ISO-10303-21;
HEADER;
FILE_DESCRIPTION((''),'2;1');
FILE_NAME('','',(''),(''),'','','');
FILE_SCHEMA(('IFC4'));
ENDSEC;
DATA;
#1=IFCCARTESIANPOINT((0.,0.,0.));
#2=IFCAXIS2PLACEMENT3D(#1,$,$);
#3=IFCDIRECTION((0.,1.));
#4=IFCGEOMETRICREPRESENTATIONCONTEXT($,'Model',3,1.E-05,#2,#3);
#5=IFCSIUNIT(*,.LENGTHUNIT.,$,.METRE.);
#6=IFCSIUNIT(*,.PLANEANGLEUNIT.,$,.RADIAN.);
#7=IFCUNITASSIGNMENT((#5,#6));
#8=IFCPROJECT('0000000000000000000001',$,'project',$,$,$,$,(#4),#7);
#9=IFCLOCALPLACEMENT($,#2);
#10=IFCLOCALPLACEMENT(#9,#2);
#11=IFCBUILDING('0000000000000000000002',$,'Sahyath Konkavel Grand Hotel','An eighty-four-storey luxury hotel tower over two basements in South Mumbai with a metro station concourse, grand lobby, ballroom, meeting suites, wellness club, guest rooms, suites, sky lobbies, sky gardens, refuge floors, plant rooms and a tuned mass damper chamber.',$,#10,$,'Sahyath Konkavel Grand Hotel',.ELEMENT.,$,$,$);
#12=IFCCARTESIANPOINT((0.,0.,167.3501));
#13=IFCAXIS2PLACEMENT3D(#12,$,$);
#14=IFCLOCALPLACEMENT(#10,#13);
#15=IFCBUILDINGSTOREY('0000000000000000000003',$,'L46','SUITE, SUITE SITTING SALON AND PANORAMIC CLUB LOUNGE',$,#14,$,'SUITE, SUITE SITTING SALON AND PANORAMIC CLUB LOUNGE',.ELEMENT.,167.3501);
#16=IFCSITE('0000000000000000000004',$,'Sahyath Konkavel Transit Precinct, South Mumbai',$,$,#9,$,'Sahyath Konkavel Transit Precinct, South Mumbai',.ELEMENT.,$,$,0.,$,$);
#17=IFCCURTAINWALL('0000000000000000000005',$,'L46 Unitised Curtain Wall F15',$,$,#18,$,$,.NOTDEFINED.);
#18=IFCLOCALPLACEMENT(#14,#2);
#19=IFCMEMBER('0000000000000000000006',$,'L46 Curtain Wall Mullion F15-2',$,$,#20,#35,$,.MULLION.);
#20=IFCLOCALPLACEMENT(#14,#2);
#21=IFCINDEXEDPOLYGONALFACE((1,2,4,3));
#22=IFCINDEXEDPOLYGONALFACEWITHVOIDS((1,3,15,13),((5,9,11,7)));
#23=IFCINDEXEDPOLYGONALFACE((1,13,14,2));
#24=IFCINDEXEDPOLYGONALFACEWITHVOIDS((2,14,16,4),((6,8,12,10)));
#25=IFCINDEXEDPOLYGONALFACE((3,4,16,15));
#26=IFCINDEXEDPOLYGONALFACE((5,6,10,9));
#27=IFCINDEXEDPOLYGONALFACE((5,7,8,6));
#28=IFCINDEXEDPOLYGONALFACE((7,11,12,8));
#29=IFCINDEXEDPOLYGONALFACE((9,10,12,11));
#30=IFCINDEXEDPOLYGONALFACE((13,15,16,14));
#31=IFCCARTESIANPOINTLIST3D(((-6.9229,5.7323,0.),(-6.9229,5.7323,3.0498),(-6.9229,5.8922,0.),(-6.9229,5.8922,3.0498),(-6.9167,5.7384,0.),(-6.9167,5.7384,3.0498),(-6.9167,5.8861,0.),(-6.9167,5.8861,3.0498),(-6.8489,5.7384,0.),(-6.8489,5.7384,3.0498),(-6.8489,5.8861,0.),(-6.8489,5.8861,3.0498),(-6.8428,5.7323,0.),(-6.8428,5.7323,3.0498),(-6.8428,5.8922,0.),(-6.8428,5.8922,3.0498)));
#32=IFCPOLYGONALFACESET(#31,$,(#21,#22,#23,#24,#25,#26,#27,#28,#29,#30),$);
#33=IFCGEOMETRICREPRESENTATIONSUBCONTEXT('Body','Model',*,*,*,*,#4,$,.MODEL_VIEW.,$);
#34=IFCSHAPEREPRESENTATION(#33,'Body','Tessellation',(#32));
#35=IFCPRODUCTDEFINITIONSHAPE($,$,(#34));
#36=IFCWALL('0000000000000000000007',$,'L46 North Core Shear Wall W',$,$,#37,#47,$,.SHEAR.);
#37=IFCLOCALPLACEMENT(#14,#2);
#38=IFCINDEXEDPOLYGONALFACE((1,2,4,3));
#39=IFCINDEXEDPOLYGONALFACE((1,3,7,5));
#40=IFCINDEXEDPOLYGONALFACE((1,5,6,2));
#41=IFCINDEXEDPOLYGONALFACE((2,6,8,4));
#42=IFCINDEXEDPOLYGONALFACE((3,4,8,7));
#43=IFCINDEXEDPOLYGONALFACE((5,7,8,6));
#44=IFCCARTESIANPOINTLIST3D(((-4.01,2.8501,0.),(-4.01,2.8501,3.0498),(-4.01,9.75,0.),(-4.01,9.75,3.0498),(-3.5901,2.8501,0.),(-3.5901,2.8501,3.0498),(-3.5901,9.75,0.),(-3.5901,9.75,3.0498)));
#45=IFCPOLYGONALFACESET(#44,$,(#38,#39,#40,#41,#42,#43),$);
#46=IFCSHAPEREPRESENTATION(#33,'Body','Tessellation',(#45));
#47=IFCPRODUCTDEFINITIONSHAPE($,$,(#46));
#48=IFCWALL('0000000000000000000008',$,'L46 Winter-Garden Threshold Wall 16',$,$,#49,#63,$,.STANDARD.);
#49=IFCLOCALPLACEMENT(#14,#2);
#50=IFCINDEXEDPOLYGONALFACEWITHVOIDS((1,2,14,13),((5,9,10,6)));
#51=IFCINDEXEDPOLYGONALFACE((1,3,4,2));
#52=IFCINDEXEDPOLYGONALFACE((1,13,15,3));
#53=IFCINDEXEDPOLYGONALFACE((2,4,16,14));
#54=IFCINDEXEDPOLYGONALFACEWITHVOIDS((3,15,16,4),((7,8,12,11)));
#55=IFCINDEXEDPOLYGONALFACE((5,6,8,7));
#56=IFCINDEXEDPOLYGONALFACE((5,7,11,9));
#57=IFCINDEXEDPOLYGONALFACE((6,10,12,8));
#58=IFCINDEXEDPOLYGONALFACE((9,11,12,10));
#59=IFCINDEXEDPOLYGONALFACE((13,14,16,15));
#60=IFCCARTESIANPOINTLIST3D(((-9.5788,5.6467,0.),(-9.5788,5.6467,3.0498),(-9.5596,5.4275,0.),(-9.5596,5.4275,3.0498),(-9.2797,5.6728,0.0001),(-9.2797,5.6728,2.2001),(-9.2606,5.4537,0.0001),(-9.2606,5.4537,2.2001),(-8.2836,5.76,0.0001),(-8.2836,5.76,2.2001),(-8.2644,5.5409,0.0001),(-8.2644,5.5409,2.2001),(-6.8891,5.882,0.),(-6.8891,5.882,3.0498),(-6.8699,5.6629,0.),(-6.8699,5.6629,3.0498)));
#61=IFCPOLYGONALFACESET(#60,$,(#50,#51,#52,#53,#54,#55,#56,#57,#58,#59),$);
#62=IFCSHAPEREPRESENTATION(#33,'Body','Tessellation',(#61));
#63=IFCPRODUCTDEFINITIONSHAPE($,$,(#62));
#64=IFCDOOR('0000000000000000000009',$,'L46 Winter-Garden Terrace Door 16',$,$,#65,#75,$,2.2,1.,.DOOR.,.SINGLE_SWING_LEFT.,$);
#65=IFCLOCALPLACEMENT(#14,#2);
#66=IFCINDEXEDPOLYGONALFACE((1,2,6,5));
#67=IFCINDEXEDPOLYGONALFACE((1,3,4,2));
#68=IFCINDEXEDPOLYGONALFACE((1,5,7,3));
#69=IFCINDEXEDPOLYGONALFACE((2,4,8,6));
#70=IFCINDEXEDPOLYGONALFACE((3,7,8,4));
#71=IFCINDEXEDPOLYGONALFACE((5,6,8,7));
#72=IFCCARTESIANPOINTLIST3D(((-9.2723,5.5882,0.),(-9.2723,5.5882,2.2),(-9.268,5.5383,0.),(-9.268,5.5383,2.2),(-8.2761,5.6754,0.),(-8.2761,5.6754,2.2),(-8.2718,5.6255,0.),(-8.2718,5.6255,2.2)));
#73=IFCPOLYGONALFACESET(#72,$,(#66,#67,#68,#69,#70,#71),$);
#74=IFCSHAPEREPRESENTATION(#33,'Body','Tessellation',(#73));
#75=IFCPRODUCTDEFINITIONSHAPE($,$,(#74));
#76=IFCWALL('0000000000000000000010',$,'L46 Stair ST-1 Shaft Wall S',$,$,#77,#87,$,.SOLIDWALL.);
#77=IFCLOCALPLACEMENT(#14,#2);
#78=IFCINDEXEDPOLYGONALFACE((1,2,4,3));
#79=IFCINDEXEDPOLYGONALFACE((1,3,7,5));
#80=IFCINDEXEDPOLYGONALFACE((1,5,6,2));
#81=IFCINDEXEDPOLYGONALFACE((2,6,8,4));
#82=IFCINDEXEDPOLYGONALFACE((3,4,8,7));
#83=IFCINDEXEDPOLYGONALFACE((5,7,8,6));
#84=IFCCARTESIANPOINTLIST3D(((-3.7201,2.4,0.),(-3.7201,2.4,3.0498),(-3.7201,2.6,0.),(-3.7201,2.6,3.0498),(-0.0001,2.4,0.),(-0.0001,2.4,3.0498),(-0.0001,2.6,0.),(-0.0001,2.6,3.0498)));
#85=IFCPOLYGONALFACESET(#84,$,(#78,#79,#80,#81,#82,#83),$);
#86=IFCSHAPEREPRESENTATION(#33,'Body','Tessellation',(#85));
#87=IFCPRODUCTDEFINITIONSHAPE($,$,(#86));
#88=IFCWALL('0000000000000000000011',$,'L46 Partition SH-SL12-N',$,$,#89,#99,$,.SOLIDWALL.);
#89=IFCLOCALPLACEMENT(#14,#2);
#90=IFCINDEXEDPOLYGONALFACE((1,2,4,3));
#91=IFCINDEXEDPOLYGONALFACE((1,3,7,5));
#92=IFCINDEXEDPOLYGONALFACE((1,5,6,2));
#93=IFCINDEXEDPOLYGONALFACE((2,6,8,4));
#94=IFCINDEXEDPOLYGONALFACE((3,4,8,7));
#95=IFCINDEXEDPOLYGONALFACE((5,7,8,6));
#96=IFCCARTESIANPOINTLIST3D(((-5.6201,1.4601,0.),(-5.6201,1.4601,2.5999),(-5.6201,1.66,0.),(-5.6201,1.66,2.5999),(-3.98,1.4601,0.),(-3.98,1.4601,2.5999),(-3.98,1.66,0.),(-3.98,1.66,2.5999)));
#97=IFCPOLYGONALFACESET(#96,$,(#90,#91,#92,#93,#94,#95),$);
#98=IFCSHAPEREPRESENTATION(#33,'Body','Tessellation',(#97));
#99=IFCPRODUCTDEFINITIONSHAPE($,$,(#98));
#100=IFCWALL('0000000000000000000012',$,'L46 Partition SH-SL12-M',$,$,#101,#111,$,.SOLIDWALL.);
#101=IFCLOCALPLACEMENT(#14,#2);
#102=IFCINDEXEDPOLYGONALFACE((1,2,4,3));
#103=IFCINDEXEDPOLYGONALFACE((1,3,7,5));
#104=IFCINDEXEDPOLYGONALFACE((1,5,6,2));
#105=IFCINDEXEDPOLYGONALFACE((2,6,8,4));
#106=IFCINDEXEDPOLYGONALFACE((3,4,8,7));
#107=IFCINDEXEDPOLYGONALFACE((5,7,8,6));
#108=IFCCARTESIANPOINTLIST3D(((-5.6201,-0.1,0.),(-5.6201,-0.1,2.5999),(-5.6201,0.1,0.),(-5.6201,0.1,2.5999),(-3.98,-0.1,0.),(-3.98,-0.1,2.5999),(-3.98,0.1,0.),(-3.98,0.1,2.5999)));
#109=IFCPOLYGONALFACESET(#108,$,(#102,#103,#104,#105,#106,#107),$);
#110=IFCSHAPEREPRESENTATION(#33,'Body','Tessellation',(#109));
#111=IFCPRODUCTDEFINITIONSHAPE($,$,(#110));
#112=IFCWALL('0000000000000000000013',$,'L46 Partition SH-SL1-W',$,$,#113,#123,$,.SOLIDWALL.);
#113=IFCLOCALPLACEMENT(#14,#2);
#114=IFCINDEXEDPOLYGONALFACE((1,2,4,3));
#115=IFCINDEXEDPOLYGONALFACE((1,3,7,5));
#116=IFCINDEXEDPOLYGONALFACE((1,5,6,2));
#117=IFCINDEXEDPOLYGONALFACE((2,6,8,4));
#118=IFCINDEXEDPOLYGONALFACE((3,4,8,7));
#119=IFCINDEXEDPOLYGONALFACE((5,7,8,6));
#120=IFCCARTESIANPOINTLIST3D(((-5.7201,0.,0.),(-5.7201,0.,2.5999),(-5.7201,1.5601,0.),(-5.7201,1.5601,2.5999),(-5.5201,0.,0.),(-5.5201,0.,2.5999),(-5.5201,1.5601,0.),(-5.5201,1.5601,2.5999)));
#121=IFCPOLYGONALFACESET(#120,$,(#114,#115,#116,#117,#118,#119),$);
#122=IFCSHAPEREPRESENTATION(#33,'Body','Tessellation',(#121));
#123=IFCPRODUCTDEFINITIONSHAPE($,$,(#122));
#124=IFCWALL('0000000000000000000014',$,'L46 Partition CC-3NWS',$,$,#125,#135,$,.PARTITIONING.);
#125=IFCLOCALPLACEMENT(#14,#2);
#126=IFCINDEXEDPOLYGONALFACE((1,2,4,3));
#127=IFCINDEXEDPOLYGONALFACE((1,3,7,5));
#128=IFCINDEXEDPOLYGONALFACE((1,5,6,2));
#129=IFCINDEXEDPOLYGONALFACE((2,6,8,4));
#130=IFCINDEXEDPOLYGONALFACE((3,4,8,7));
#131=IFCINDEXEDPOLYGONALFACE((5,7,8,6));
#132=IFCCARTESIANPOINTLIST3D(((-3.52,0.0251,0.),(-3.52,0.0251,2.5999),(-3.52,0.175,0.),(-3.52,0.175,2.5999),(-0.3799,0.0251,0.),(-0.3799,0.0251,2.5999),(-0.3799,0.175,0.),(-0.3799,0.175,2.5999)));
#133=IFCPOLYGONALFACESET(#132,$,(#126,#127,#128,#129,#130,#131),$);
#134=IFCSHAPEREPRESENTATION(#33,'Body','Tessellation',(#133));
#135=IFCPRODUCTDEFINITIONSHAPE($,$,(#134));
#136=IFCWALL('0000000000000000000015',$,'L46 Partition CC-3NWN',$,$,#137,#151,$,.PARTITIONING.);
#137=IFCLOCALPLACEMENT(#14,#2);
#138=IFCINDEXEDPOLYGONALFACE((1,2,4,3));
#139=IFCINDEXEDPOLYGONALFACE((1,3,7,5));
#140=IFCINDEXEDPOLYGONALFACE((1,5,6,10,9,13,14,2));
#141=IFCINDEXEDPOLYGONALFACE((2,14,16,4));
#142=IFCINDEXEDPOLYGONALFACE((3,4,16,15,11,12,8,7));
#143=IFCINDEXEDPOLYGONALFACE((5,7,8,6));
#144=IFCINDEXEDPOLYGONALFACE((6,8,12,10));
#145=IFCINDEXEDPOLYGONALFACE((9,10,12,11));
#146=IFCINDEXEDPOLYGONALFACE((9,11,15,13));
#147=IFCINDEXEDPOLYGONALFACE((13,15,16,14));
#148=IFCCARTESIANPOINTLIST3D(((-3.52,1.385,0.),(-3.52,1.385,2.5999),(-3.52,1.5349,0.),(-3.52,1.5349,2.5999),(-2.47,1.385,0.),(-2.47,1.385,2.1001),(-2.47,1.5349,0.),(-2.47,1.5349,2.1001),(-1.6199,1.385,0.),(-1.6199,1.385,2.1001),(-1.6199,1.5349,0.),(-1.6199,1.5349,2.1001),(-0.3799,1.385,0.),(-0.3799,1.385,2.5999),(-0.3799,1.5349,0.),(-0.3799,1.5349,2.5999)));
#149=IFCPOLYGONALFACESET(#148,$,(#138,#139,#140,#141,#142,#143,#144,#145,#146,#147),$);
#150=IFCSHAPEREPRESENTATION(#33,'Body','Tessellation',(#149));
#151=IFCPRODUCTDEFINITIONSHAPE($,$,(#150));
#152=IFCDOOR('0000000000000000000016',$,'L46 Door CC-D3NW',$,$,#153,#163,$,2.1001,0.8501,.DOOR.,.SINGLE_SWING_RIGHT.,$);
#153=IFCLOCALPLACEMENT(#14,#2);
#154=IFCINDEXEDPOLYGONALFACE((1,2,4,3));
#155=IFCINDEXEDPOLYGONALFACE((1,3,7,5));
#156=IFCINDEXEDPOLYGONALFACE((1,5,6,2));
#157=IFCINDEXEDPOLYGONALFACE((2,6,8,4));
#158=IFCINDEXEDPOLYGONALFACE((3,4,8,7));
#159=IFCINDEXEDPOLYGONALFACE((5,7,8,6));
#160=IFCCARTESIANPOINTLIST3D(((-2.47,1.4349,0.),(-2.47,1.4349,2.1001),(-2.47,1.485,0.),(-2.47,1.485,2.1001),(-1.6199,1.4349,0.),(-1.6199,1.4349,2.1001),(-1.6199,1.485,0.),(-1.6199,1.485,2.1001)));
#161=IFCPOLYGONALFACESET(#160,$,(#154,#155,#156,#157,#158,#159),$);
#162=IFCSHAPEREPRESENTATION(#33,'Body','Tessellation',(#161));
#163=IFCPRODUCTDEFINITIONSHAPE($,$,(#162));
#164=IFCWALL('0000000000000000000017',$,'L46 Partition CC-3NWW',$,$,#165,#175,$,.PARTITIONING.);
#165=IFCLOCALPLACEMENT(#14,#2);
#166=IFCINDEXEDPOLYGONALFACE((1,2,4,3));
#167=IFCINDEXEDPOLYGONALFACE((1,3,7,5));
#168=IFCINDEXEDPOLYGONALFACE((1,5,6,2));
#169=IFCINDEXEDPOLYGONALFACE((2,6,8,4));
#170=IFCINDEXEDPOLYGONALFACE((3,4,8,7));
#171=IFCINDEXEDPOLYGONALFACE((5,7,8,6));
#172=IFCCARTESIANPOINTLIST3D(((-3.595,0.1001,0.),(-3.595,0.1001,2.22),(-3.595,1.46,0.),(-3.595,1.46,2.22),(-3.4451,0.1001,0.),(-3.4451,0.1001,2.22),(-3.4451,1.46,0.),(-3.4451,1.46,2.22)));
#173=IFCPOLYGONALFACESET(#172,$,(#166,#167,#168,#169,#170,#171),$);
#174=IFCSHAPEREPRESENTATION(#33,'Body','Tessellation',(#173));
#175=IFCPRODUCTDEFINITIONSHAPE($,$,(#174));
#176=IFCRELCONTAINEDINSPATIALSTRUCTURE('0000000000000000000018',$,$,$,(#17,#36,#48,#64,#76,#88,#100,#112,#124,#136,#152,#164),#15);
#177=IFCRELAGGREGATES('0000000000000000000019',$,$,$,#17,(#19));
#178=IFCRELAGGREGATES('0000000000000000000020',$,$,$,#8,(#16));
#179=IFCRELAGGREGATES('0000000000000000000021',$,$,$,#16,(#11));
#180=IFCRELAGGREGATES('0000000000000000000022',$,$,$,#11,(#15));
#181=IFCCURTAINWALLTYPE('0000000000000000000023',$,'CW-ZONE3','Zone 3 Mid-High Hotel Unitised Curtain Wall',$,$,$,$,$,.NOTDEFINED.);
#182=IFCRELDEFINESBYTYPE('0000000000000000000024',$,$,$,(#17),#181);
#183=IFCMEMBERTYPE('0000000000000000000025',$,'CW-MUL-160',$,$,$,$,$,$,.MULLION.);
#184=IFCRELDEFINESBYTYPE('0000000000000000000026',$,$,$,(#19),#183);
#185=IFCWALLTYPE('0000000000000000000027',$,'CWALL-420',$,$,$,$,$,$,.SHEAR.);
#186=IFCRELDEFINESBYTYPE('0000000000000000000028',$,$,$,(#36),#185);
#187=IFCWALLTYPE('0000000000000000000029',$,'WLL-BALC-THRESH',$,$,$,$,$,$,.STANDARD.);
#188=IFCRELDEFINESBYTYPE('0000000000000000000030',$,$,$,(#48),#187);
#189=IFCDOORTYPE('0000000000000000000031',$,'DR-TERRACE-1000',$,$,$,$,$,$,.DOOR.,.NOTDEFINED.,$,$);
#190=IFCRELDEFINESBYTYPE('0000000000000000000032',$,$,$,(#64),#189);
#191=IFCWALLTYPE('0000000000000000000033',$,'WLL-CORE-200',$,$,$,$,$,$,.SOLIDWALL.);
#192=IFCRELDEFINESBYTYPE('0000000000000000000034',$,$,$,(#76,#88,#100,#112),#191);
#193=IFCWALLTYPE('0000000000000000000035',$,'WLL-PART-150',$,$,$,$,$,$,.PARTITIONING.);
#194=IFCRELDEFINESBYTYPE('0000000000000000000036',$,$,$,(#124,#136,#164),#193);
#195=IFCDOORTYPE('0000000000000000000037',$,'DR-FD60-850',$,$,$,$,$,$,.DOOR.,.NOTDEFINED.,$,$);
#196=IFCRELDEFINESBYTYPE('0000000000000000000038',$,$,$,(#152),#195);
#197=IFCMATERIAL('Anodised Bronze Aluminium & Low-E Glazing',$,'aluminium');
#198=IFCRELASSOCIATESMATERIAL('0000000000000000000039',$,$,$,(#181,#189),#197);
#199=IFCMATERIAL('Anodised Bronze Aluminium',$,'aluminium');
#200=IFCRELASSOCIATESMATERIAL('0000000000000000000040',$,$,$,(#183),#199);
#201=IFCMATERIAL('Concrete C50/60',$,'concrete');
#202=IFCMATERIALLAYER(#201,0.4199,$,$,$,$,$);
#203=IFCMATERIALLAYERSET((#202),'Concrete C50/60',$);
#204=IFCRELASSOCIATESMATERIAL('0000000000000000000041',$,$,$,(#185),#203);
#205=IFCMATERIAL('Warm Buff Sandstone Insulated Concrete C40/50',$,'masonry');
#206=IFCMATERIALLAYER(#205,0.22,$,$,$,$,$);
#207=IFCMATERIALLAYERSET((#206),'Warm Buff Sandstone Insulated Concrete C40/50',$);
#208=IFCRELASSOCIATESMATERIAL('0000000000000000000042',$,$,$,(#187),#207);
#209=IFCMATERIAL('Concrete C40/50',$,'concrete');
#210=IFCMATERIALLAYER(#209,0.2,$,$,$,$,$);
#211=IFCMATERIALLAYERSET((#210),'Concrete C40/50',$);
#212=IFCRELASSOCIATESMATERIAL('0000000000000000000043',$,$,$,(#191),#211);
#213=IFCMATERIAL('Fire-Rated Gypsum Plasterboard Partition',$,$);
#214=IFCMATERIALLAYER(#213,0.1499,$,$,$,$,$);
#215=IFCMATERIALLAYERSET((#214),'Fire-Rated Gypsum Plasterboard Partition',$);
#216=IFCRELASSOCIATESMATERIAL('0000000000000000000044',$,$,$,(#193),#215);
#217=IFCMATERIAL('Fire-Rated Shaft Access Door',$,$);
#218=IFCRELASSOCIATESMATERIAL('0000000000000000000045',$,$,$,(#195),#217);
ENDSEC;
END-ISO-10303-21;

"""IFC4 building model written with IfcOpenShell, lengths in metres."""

from ifc_helpers import new_model, si_unit, direction, frame, frame_2d, origin, origin_2d, place, context, subcontext, project, spatial, rectangle, hollow_rectangle, extrude, source, transform, mapped, material, layer, layer_set, material_profile, profile_set, type_object, element, fill, aggregate, save


model = new_model("IFC4")

# Units and contexts
model_context = context("Model", 3, precision=1e-05, world=origin(), true_north=direction((0.0, 1.0)))
body_context = subcontext(model_context, "Body", "Model", "MODEL_VIEW")
ifc_project = project(units=[si_unit("LENGTHUNIT", "METRE"), si_unit("PLANEANGLEUNIT", "RADIAN")], contexts=[model_context])

# Site, building, storey
site_placement = place(None, origin())
site = spatial("IfcSite", under=ifc_project, at=site_placement, Name="Sahyath Konkavel Transit Precinct, South Mumbai", LongName="Sahyath Konkavel Transit Precinct, South Mumbai", CompositionType="ELEMENT", RefElevation=0.0)
building_placement = place(site_placement, origin())
building = spatial("IfcBuilding", under=site, at=building_placement, Name="Sahyath Konkavel Grand Hotel", Description="An eighty-four-storey luxury hotel tower over two basements in South Mumbai with a metro station concourse, grand lobby, ballroom, meeting suites, wellness club, guest rooms, suites, sky lobbies, sky gardens, refuge floors, plant rooms and a tuned mass damper chamber.", LongName="Sahyath Konkavel Grand Hotel", CompositionType="ELEMENT")
storey_placement = place(building_placement, frame((0.0, 0.0, 167.3501)))
storey = spatial("IfcBuildingStorey", under=building, at=storey_placement, Name="L46", Description="SUITE, SUITE SITTING SALON AND PANORAMIC CLUB LOUNGE", LongName="SUITE, SUITE SITTING SALON AND PANORAMIC CLUB LOUNGE", CompositionType="ELEMENT", Elevation=167.3501)

# Shared definitions
ifc_material_1 = material(Name="Concrete C50/60", Category="concrete")

# Curtain wall, member
ifc_material_2 = material(Name="Anodised Bronze Aluminium & Low-E Glazing", Category="aluminium")
curtain_wall_type = type_object("IfcCurtainWallType", Name="CW-ZONE3", Description="Zone 3 Mid-High Hotel Unitised Curtain Wall", PredefinedType="NOTDEFINED", material=ifc_material_2)
curtain_wall_placement = place(storey_placement, origin())
curtain_wall = element("IfcCurtainWall", 1, at=curtain_wall_placement, inside=storey, type_object=curtain_wall_type, Name="L46 Unitised Curtain Wall F15", PredefinedType="NOTDEFINED")
ifc_material_3 = material(Name="Anodised Bronze Aluminium", Category="aluminium")
ifc_material_profile_1 = material_profile(ifc_material_3, hollow_rectangle(XDim=0.0801, YDim=0.1599, WallThickness=0.0061, at=origin_2d()), Name="RHS 160x80x6")
ifc_profile_set_1 = profile_set([ifc_material_profile_1], Name="Anodised Bronze Aluminium")
member_type = type_object("IfcMemberType", Name="CW-MUL-160", PredefinedType="MULLION", material=ifc_profile_set_1)
shared_shape_1 = source(origin(), body_context, "Body", "SweptSolid", [
    extrude(hollow_rectangle(XDim=0.0801, YDim=0.1599, WallThickness=0.0061, at=origin_2d()), origin(), (0.0, 0.0, 1.0), 3.0498),
])
member_placement = place(storey_placement, frame((-6.8828, 5.8123, 0.0), z_axis=(0.0, 0.0, 1.0), x_axis=(1.0, 0.0, 0.0)))
member = element("IfcMember", 2, at=member_placement, type_object=member_type, Name="L46 Curtain Wall Mullion F15-2", PredefinedType="MULLION", context=body_context, shape_type="MappedRepresentation", body=[
    mapped(shared_shape_1, transform((0.0, 0.0, 0.0), scale=1.0)),
])
aggregate(curtain_wall, [member])

# Wall
ifc_layer_1 = layer(ifc_material_1, 0.4199)
ifc_layer_set_1 = layer_set([ifc_layer_1], Name="Concrete C50/60")
wall_type_1 = type_object("IfcWallType", Name="CWALL-420", PredefinedType="SHEAR", material=ifc_layer_set_1)
wall_1_placement = place(storey_placement, frame((-3.8, 2.8501, 0.0), z_axis=(0.0, 0.0, 1.0), x_axis=(0.0, 1.0, 0.0)))
element("IfcWall", 3, at=wall_1_placement, inside=storey, type_object=wall_type_1, Name="L46 North Core Shear Wall W", PredefinedType="SHEAR", context=body_context, shape_type="SweptSolid", body=[
    extrude(rectangle(XDim=6.8999, YDim=0.4199, at=frame_2d((3.45, 0.0))), origin(), (0.0, 0.0, 1.0), 3.0498),
])

# Wall, opening, door
ifc_material_4 = material(Name="Warm Buff Sandstone Insulated Concrete C40/50", Category="masonry")
ifc_layer_2 = layer(ifc_material_4, 0.22)
ifc_layer_set_2 = layer_set([ifc_layer_2], Name="Warm Buff Sandstone Insulated Concrete C40/50")
wall_type_2 = type_object("IfcWallType", Name="WLL-BALC-THRESH", PredefinedType="STANDARD", material=ifc_layer_set_2)
wall_2_placement = place(storey_placement, frame((-6.8794, 5.7725, 0.0), z_axis=(0.0, 0.0, 1.0), x_axis=(-0.996194, -0.087168, 0.0)))
wall_2 = element("IfcWall", 4, at=wall_2_placement, inside=storey, type_object=wall_type_2, Name="L46 Winter-Garden Threshold Wall 16", PredefinedType="STANDARD", context=body_context, shape_type="SweptSolid", body=[
    extrude(rectangle(XDim=2.7, YDim=0.22, at=frame_2d((1.3501, 0.0))), origin(), (0.0, 0.0, 1.0), 3.0498),
])
opening_1_placement = place(wall_2_placement, frame((1.3999, 0.0, 0.0)))
opening_1 = element("IfcOpeningElement", 5, at=opening_1_placement, cuts=wall_2, PredefinedType="OPENING", context=body_context, shape_type="SweptSolid", body=[
    extrude(rectangle(XDim=1.0, YDim=2.2, at=frame_2d((0.5, 1.1001))), frame((0.0, 0.1201, 0.0), z_axis=(0.0, -1.0, 0.0), x_axis=(1.0, 0.0, 0.0)), (0.0, 0.0, 1.0), 0.24),
])
door_type_1 = type_object("IfcDoorType", Name="DR-TERRACE-1000", OperationType="NOTDEFINED", PredefinedType="DOOR", material=ifc_material_2)
shared_shape_2 = source(origin(), body_context, "Body", "SweptSolid", [
    extrude(rectangle(XDim=1.0, YDim=0.05, at=origin_2d()), origin(), (0.0, 0.0, 1.0), 2.2),
])
door_1_placement = place(opening_1_placement, frame((0.5, 0.0, 0.0)))
door_1 = element("IfcDoor", 6, at=door_1_placement, inside=storey, type_object=door_type_1, Name="L46 Winter-Garden Terrace Door 16", OperationType="SINGLE_SWING_LEFT", OverallHeight=2.2, OverallWidth=1.0, PredefinedType="DOOR", context=body_context, shape_type="MappedRepresentation", body=[
    mapped(shared_shape_2, transform((0.0, 0.0, 0.0), scale=1.0)),
])
fill(opening_1, door_1)

# Walls
ifc_material_5 = material(Name="Concrete C40/50", Category="concrete")
ifc_layer_3 = layer(ifc_material_5, 0.2)
ifc_layer_set_3 = layer_set([ifc_layer_3], Name="Concrete C40/50")
wall_type_3 = type_object("IfcWallType", Name="WLL-CORE-200", PredefinedType="SOLIDWALL", material=ifc_layer_set_3)
wall_3_placement = place(storey_placement, frame((-3.72, 2.5, 0.0), z_axis=(0.0, 0.0, 1.0), x_axis=(1.0, 0.0, 0.0)))
element("IfcWall", 7, at=wall_3_placement, inside=storey, type_object=wall_type_3, Name="L46 Stair ST-1 Shaft Wall S", PredefinedType="SOLIDWALL", context=body_context, shape_type="SweptSolid", body=[
    extrude(rectangle(XDim=3.72, YDim=0.2, at=frame_2d((1.8599, 0.0))), origin(), (0.0, 0.0, 1.0), 3.0498),
])
for number, where, z_axis, x_axis, name in (
    (8, (-5.6201, 1.5601, 0.0), (0.0, 0.0, 1.0), (1.0, 0.0, 0.0), "L46 Partition SH-SL12-N"),
    (9, (-5.6201, 0.0, 0.0), (0.0, 0.0, 1.0), (1.0, 0.0, 0.0), "L46 Partition SH-SL12-M"),
):
    element("IfcWall", number, at=place(storey_placement, frame(where, z_axis=z_axis, x_axis=x_axis)), inside=storey, type_object=wall_type_3, Name=name, PredefinedType="SOLIDWALL", context=body_context, shape_type="SweptSolid", body=[
        extrude(rectangle(XDim=1.6401, YDim=0.2, at=frame_2d((0.8201, 0.0))), origin(), (0.0, 0.0, 1.0), 2.5999),
    ])
wall_4_placement = place(storey_placement, frame((-5.6201, 0.0, 0.0), z_axis=(0.0, 0.0, 1.0), x_axis=(0.0, 1.0, 0.0)))
element("IfcWall", 10, at=wall_4_placement, inside=storey, type_object=wall_type_3, Name="L46 Partition SH-SL1-W", PredefinedType="SOLIDWALL", context=body_context, shape_type="SweptSolid", body=[
    extrude(rectangle(XDim=1.5601, YDim=0.2, at=frame_2d((0.78, 0.0))), origin(), (0.0, 0.0, 1.0), 2.5999),
])
ifc_material_6 = material(Name="Fire-Rated Gypsum Plasterboard Partition")
ifc_layer_4 = layer(ifc_material_6, 0.1499)
ifc_layer_set_4 = layer_set([ifc_layer_4], Name="Fire-Rated Gypsum Plasterboard Partition")
wall_type_4 = type_object("IfcWallType", Name="WLL-PART-150", PredefinedType="PARTITIONING", material=ifc_layer_set_4)
wall_5_placement = place(storey_placement, frame((-3.52, 0.1001, 0.0), z_axis=(0.0, 0.0, 1.0), x_axis=(1.0, 0.0, 0.0)))
element("IfcWall", 11, at=wall_5_placement, inside=storey, type_object=wall_type_4, Name="L46 Partition CC-3NWS", PredefinedType="PARTITIONING", context=body_context, shape_type="SweptSolid", body=[
    extrude(rectangle(XDim=3.1401, YDim=0.1499, at=frame_2d((1.5701, 0.0))), origin(), (0.0, 0.0, 1.0), 2.5999),
])

# Wall, opening, door
wall_6_placement = place(storey_placement, frame((-3.52, 1.46, 0.0), z_axis=(0.0, 0.0, 1.0), x_axis=(1.0, 0.0, 0.0)))
wall_6 = element("IfcWall", 12, at=wall_6_placement, inside=storey, type_object=wall_type_4, Name="L46 Partition CC-3NWN", PredefinedType="PARTITIONING", context=body_context, shape_type="SweptSolid", body=[
    extrude(rectangle(XDim=3.1401, YDim=0.1499, at=frame_2d((1.5701, 0.0))), origin(), (0.0, 0.0, 1.0), 2.5999),
])
opening_2_placement = place(wall_6_placement, frame((1.05, 0.0, 0.0)))
opening_2 = element("IfcOpeningElement", 13, at=opening_2_placement, cuts=wall_6, PredefinedType="OPENING", context=body_context, shape_type="SweptSolid", body=[
    extrude(rectangle(XDim=0.8501, YDim=2.1001, at=frame_2d((0.425, 1.05))), frame((0.0, 0.085, 0.0), z_axis=(0.0, -1.0, 0.0), x_axis=(1.0, 0.0, 0.0)), (0.0, 0.0, 1.0), 0.1699),
])
ifc_material_7 = material(Name="Fire-Rated Shaft Access Door")
door_type_2 = type_object("IfcDoorType", Name="DR-FD60-850", OperationType="NOTDEFINED", PredefinedType="DOOR", material=ifc_material_7)
shared_shape_3 = source(origin(), body_context, "Body", "SweptSolid", [
    extrude(rectangle(XDim=0.8501, YDim=0.05, at=origin_2d()), origin(), (0.0, 0.0, 1.0), 2.1001),
])
door_2_placement = place(opening_2_placement, frame((0.425, 0.0, 0.0)))
door_2 = element("IfcDoor", 14, at=door_2_placement, inside=storey, type_object=door_type_2, Name="L46 Door CC-D3NW", OperationType="SINGLE_SWING_RIGHT", OverallHeight=2.1001, OverallWidth=0.8501, PredefinedType="DOOR", context=body_context, shape_type="MappedRepresentation", body=[
    mapped(shared_shape_3, transform((0.0, 0.0, 0.0), scale=1.0)),
])
fill(opening_2, door_2)

# Wall
wall_7_placement = place(storey_placement, frame((-3.52, 0.1001, 0.0), z_axis=(0.0, 0.0, 1.0), x_axis=(0.0, 1.0, 0.0)))
element("IfcWall", 15, at=wall_7_placement, inside=storey, type_object=wall_type_4, Name="L46 Partition CC-3NWW", PredefinedType="PARTITIONING", context=body_context, shape_type="SweptSolid", body=[
    extrude(rectangle(XDim=1.3599, YDim=0.1499, at=frame_2d((0.6799, 0.0))), origin(), (0.0, 0.0, 1.0), 2.22),
])

save(model, "model.ifc")
